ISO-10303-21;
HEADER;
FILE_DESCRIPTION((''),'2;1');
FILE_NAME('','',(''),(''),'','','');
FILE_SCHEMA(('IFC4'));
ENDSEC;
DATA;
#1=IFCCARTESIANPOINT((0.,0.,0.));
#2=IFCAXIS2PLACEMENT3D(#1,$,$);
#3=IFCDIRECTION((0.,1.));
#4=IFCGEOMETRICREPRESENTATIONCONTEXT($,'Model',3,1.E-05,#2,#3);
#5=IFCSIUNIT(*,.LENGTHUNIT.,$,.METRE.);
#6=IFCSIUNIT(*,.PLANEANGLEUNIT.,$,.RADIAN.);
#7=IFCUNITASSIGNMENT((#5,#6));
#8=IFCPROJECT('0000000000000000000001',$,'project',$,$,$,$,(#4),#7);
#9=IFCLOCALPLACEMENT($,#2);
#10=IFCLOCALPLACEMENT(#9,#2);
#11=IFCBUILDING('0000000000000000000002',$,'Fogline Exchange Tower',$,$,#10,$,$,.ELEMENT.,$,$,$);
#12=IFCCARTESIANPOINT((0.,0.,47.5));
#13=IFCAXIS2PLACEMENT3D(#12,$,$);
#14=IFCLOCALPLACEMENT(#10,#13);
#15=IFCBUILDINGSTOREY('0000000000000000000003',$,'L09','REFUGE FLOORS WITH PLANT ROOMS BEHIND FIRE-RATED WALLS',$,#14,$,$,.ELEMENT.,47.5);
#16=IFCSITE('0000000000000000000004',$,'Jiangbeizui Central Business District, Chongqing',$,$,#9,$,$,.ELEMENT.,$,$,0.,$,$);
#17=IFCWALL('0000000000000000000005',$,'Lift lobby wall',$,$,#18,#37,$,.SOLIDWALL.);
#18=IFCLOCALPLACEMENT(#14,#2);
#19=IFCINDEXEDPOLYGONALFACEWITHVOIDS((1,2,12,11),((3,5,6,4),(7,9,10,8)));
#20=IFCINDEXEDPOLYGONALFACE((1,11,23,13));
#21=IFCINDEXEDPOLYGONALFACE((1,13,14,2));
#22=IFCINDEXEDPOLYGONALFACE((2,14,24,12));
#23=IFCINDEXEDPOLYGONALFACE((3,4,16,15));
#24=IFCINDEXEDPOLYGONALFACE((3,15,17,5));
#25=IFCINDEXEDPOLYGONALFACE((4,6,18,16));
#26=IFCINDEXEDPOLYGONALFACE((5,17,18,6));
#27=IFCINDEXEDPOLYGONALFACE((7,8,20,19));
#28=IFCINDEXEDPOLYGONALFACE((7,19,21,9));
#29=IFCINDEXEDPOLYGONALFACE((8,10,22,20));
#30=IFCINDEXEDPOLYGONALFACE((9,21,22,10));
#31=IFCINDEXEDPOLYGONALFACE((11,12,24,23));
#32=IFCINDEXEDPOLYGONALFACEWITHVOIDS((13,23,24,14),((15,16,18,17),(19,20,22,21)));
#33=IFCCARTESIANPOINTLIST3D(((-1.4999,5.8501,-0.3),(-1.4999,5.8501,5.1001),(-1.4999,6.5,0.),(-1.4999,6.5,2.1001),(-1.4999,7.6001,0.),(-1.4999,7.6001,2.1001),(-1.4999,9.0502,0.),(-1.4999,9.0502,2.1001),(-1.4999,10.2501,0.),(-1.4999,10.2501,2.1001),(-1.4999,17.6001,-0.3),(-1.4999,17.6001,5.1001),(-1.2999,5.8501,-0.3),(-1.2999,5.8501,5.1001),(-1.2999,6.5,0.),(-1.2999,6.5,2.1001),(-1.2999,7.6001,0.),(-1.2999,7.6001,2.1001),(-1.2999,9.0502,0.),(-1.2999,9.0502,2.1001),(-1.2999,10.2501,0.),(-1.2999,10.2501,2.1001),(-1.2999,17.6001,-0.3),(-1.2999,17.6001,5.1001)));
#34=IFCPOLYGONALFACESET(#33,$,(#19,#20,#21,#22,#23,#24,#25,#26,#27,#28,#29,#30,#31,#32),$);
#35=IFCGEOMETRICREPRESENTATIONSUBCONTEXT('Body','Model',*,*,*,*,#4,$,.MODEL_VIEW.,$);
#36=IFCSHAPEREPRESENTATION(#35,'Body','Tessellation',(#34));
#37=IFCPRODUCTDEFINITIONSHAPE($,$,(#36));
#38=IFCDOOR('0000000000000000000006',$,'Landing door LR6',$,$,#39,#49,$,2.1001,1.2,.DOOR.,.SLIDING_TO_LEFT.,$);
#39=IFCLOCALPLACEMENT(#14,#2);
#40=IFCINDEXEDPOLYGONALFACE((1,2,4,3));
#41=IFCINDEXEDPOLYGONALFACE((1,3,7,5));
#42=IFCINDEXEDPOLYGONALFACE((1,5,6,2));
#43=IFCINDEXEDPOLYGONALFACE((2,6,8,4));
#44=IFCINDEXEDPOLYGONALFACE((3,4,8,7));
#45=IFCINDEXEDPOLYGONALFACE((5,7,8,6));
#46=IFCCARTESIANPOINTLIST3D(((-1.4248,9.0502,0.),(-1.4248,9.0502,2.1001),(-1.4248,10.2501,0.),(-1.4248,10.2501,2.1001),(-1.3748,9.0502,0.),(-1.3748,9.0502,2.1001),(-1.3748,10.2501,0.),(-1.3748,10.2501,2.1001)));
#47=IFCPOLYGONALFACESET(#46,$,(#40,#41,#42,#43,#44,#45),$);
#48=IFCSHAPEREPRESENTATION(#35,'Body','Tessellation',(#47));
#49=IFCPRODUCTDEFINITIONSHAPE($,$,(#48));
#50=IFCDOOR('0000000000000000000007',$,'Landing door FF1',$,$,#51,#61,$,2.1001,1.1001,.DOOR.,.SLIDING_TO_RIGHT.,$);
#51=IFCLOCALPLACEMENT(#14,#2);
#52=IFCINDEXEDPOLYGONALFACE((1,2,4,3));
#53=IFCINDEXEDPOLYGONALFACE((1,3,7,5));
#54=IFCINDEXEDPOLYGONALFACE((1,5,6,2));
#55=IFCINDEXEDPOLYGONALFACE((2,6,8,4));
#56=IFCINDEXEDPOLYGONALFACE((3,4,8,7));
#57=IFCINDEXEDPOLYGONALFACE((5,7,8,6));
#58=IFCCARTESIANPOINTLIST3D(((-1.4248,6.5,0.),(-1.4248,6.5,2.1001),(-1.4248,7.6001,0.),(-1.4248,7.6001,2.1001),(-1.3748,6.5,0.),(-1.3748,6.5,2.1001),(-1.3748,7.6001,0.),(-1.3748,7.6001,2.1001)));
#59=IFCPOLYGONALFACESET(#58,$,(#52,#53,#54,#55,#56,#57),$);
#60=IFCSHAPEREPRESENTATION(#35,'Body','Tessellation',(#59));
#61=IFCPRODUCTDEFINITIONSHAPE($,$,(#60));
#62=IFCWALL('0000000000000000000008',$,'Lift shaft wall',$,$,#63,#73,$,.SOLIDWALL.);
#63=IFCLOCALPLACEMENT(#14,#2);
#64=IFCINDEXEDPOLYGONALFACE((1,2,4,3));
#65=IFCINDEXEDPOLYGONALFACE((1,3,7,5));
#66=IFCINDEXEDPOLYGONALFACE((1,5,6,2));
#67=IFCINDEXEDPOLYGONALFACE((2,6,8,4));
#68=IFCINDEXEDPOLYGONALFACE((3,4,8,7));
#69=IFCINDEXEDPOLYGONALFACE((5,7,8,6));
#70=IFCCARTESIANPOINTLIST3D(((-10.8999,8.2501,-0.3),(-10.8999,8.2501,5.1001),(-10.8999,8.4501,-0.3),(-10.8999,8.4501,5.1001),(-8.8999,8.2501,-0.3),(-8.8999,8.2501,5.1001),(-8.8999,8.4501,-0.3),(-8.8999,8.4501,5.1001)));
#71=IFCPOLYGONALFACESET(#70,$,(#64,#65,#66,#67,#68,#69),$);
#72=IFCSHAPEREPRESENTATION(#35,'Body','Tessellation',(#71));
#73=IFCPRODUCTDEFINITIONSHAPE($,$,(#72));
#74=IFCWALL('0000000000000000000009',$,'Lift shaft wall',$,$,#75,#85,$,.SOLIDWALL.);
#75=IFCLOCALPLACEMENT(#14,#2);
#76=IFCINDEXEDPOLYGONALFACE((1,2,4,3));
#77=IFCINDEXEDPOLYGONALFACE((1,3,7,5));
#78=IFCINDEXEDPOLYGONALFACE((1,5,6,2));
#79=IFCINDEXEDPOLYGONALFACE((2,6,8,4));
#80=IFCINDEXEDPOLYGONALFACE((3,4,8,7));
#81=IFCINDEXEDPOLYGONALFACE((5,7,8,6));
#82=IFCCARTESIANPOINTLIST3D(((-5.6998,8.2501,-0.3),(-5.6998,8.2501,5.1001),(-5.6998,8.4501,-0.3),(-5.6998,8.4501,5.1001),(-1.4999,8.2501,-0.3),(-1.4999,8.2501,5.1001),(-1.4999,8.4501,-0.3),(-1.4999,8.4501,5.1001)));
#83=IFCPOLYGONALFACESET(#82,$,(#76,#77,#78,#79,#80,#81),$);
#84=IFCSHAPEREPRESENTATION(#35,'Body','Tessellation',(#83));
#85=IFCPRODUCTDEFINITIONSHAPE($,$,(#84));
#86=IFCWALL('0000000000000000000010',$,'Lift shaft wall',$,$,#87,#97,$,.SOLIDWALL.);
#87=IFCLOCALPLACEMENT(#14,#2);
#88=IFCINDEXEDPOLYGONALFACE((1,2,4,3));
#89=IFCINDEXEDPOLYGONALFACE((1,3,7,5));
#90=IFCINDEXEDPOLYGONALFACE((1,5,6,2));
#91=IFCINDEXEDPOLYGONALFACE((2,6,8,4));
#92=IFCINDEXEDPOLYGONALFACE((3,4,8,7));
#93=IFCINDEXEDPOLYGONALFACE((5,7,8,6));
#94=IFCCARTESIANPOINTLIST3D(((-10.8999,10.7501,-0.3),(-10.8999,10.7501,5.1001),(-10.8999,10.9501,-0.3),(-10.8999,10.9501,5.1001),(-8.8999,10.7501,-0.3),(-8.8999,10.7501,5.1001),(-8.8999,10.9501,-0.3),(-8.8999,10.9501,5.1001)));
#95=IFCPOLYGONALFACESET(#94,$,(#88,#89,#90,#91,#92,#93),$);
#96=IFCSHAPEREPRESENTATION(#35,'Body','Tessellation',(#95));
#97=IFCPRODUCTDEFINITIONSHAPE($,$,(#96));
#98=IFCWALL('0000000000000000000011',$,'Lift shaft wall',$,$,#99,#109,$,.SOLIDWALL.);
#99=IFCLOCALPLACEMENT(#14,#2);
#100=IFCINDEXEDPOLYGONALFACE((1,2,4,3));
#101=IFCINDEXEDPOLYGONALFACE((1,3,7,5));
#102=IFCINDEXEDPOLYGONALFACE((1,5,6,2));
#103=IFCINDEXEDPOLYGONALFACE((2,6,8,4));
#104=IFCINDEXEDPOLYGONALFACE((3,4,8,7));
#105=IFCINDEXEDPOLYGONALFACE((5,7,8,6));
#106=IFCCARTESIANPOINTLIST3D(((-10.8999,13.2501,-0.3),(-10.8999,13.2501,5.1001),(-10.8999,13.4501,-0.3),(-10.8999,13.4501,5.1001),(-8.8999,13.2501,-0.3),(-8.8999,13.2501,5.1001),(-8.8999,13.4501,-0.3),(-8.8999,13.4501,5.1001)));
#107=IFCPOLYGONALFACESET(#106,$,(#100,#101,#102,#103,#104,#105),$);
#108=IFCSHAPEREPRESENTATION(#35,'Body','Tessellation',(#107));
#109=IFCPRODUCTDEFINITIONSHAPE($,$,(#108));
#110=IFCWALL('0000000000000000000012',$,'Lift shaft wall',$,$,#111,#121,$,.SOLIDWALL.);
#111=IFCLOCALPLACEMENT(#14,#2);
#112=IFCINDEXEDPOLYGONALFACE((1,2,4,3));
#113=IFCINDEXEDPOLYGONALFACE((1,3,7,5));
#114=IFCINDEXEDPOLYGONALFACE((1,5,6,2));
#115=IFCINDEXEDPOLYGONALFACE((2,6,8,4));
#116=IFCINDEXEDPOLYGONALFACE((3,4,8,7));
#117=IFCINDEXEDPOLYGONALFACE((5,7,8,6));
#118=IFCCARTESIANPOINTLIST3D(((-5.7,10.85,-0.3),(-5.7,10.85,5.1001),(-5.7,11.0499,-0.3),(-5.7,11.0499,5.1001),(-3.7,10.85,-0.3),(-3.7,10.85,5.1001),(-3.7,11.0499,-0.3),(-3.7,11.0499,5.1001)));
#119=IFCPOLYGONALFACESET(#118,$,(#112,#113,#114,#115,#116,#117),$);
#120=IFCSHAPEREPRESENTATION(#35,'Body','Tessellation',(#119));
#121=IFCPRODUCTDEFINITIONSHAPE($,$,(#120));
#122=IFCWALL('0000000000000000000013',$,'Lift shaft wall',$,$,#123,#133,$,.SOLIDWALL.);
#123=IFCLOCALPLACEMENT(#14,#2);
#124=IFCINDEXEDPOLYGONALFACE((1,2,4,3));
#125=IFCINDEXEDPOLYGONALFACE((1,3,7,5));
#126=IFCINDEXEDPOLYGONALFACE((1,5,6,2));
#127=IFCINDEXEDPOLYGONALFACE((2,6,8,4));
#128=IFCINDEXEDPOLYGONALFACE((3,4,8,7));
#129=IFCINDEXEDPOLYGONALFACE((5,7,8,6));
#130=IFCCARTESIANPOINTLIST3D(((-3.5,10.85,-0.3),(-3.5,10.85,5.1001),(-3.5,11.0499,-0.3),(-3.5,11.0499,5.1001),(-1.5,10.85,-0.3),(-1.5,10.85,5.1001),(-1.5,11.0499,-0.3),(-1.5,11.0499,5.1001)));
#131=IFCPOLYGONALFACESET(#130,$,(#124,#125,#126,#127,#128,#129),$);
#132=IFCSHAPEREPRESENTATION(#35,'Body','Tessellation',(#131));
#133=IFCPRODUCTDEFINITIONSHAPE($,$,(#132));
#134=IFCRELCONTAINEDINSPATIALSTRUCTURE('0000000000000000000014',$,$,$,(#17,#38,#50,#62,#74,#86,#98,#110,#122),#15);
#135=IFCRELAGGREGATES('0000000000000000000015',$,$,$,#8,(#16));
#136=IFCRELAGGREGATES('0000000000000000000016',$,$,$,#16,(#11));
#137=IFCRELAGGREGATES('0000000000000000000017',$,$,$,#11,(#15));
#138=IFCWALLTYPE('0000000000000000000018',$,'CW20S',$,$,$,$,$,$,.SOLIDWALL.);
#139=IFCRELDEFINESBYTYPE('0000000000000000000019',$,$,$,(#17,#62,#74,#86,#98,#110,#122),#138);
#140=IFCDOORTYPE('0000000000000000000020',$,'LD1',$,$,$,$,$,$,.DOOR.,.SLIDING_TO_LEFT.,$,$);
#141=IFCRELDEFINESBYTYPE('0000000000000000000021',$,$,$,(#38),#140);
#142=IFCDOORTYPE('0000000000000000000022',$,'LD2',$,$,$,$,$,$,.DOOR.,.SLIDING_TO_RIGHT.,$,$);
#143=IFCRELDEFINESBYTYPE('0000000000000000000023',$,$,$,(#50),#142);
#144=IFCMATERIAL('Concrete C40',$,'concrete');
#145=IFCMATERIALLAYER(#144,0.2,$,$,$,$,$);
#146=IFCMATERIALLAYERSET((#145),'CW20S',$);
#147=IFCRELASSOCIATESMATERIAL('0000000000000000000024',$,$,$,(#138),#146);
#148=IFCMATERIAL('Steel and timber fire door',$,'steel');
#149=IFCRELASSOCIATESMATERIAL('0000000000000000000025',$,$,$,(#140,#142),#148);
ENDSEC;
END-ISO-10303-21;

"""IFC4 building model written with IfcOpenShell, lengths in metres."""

from ifc_helpers import new_model, si_unit, direction, frame, frame_2d, origin, place, context, subcontext, project, spatial, rectangle, extrude, material, layer, layer_set, type_object, element, fill, save


model = new_model("IFC4")

# Units and contexts
model_context = context("Model", 3, precision=1e-05, world=origin(), true_north=direction((0.0, 1.0)))
body_context = subcontext(model_context, "Body", "Model", "MODEL_VIEW")
ifc_project = project(units=[si_unit("LENGTHUNIT", "METRE"), si_unit("PLANEANGLEUNIT", "RADIAN")], contexts=[model_context])

# Site, building, storey
site_placement = place(None, origin())
site = spatial("IfcSite", under=ifc_project, at=site_placement, Name="Jiangbeizui Central Business District, Chongqing", CompositionType="ELEMENT", RefElevation=0.0)
building_placement = place(site_placement, origin())
building = spatial("IfcBuilding", under=site, at=building_placement, Name="Fogline Exchange Tower", CompositionType="ELEMENT")
storey_placement = place(building_placement, frame((0.0, 0.0, 47.5)))
storey = spatial("IfcBuildingStorey", under=building, at=storey_placement, Name="L09", Description="REFUGE FLOORS WITH PLANT ROOMS BEHIND FIRE-RATED WALLS", CompositionType="ELEMENT", Elevation=47.5)

# Shared definitions
ifc_material_1 = material(Name="Steel and timber fire door", Category="steel")

# Shared definitions
ifc_material_2 = material(Name="Concrete C40", Category="concrete")

# Shared definitions
ifc_layer_1 = layer(ifc_material_2, 0.2)
ifc_layer_set_1 = layer_set([ifc_layer_1], Name="CW20S")
wall_type_1 = type_object("IfcWallType", Name="CW20S", PredefinedType="SOLIDWALL", material=ifc_layer_set_1)
door_type_1 = type_object("IfcDoorType", Name="LD1", OperationType="SLIDING_TO_LEFT", PredefinedType="DOOR", material=ifc_material_1)

# Wall, openings, doors
wall_1_placement = place(storey_placement, frame((-1.3999, 5.8501, -0.3), z_axis=(0.0, 0.0, 1.0), x_axis=(0.0, 1.0, 0.0)))
wall_1 = element("IfcWall", 1, at=wall_1_placement, inside=storey, type_object=wall_type_1, Name="Lift lobby wall", PredefinedType="SOLIDWALL", context=body_context, shape_type="SweptSolid", body=[
    extrude(rectangle(XDim=11.75, YDim=0.2, at=frame_2d((5.875, 0.0))), origin(), (0.0, 0.0, 1.0), 5.4001),
])
opening_1_placement = place(wall_1_placement, frame((3.2, 0.0, 0.3)))
opening_1 = element("IfcOpeningElement", 2, at=opening_1_placement, cuts=wall_1, PredefinedType="OPENING", context=body_context, shape_type="SweptSolid", body=[
    extrude(rectangle(XDim=1.2, YDim=2.1001, at=frame_2d((0.6001, 1.05))), frame((0.0, 0.1099, 0.0), z_axis=(0.0, -1.0, 0.0), x_axis=(1.0, 0.0, 0.0)), (0.0, 0.0, 1.0), 0.22),
])
opening_2_placement = place(wall_1_placement, frame((0.6499, 0.0, 0.3)))
opening_2 = element("IfcOpeningElement", 3, at=opening_2_placement, cuts=wall_1, PredefinedType="OPENING", context=body_context, shape_type="SweptSolid", body=[
    extrude(rectangle(XDim=1.1001, YDim=2.1001, at=frame_2d((0.55, 1.05))), frame((0.0, 0.1099, 0.0), z_axis=(0.0, -1.0, 0.0), x_axis=(1.0, 0.0, 0.0)), (0.0, 0.0, 1.0), 0.22),
])
door_1_placement = place(opening_1_placement, origin())
door_1 = element("IfcDoor", 4, at=door_1_placement, inside=storey, type_object=door_type_1, Name="Landing door LR6", OperationType="SLIDING_TO_LEFT", OverallHeight=2.1001, OverallWidth=1.2, PredefinedType="DOOR", context=body_context, shape_type="SweptSolid", body=[
    extrude(rectangle(XDim=1.2, YDim=2.1001, at=frame_2d((0.6001, 1.05))), frame((0.0, 0.0249, 0.0), z_axis=(0.0, -1.0, 0.0), x_axis=(1.0, 0.0, 0.0)), (0.0, 0.0, 1.0), 0.05),
])
fill(opening_1, door_1)
door_type_2 = type_object("IfcDoorType", Name="LD2", OperationType="SLIDING_TO_RIGHT", PredefinedType="DOOR", material=ifc_material_1)
door_2_placement = place(opening_2_placement, origin())
door_2 = element("IfcDoor", 5, at=door_2_placement, inside=storey, type_object=door_type_2, Name="Landing door FF1", OperationType="SLIDING_TO_RIGHT", OverallHeight=2.1001, OverallWidth=1.1001, PredefinedType="DOOR", context=body_context, shape_type="SweptSolid", body=[
    extrude(rectangle(XDim=1.1001, YDim=2.1001, at=frame_2d((0.55, 1.05))), frame((0.0, 0.0249, 0.0), z_axis=(0.0, -1.0, 0.0), x_axis=(1.0, 0.0, 0.0)), (0.0, 0.0, 1.0), 0.05),
])
fill(opening_2, door_2)

# Walls
wall_2_placement = place(storey_placement, frame((-10.8999, 8.3501, -0.3), z_axis=(0.0, 0.0, 1.0), x_axis=(1.0, 0.0, 0.0)))
element("IfcWall", 6, at=wall_2_placement, inside=storey, type_object=wall_type_1, Name="Lift shaft wall", PredefinedType="SOLIDWALL", context=body_context, shape_type="SweptSolid", body=[
    extrude(rectangle(XDim=2.0, YDim=0.2, at=frame_2d((1.0, 0.0))), origin(), (0.0, 0.0, 1.0), 5.4001),
])
wall_3_placement = place(storey_placement, frame((-5.7, 8.3501, -0.3), z_axis=(0.0, 0.0, 1.0), x_axis=(1.0, 0.0, 0.0)))
element("IfcWall", 7, at=wall_3_placement, inside=storey, type_object=wall_type_1, Name="Lift shaft wall", PredefinedType="SOLIDWALL", context=body_context, shape_type="SweptSolid", body=[
    extrude(rectangle(XDim=4.2, YDim=0.2, at=frame_2d((2.1001, 0.0))), origin(), (0.0, 0.0, 1.0), 5.4001),
])
for number, where, z_axis, x_axis, name in (
    (8, (-10.8999, 10.8501, -0.3), (0.0, 0.0, 1.0), (1.0, 0.0, 0.0), "Lift shaft wall"),
    (9, (-10.8999, 13.3501, -0.3), (0.0, 0.0, 1.0), (1.0, 0.0, 0.0), "Lift shaft wall"),
    (10, (-5.7, 10.95, -0.3), (0.0, 0.0, 1.0), (1.0, 0.0, 0.0), "Lift shaft wall"),
    (11, (-3.5, 10.95, -0.3), (0.0, 0.0, 1.0), (1.0, 0.0, 0.0), "Lift shaft wall"),
):
    element("IfcWall", number, at=place(storey_placement, frame(where, z_axis=z_axis, x_axis=x_axis)), inside=storey, type_object=wall_type_1, Name=name, PredefinedType="SOLIDWALL", context=body_context, shape_type="SweptSolid", body=[
        extrude(rectangle(XDim=2.0, YDim=0.2, at=frame_2d((1.0, 0.0))), origin(), (0.0, 0.0, 1.0), 5.4001),
    ])

save(model, "model.ifc")
